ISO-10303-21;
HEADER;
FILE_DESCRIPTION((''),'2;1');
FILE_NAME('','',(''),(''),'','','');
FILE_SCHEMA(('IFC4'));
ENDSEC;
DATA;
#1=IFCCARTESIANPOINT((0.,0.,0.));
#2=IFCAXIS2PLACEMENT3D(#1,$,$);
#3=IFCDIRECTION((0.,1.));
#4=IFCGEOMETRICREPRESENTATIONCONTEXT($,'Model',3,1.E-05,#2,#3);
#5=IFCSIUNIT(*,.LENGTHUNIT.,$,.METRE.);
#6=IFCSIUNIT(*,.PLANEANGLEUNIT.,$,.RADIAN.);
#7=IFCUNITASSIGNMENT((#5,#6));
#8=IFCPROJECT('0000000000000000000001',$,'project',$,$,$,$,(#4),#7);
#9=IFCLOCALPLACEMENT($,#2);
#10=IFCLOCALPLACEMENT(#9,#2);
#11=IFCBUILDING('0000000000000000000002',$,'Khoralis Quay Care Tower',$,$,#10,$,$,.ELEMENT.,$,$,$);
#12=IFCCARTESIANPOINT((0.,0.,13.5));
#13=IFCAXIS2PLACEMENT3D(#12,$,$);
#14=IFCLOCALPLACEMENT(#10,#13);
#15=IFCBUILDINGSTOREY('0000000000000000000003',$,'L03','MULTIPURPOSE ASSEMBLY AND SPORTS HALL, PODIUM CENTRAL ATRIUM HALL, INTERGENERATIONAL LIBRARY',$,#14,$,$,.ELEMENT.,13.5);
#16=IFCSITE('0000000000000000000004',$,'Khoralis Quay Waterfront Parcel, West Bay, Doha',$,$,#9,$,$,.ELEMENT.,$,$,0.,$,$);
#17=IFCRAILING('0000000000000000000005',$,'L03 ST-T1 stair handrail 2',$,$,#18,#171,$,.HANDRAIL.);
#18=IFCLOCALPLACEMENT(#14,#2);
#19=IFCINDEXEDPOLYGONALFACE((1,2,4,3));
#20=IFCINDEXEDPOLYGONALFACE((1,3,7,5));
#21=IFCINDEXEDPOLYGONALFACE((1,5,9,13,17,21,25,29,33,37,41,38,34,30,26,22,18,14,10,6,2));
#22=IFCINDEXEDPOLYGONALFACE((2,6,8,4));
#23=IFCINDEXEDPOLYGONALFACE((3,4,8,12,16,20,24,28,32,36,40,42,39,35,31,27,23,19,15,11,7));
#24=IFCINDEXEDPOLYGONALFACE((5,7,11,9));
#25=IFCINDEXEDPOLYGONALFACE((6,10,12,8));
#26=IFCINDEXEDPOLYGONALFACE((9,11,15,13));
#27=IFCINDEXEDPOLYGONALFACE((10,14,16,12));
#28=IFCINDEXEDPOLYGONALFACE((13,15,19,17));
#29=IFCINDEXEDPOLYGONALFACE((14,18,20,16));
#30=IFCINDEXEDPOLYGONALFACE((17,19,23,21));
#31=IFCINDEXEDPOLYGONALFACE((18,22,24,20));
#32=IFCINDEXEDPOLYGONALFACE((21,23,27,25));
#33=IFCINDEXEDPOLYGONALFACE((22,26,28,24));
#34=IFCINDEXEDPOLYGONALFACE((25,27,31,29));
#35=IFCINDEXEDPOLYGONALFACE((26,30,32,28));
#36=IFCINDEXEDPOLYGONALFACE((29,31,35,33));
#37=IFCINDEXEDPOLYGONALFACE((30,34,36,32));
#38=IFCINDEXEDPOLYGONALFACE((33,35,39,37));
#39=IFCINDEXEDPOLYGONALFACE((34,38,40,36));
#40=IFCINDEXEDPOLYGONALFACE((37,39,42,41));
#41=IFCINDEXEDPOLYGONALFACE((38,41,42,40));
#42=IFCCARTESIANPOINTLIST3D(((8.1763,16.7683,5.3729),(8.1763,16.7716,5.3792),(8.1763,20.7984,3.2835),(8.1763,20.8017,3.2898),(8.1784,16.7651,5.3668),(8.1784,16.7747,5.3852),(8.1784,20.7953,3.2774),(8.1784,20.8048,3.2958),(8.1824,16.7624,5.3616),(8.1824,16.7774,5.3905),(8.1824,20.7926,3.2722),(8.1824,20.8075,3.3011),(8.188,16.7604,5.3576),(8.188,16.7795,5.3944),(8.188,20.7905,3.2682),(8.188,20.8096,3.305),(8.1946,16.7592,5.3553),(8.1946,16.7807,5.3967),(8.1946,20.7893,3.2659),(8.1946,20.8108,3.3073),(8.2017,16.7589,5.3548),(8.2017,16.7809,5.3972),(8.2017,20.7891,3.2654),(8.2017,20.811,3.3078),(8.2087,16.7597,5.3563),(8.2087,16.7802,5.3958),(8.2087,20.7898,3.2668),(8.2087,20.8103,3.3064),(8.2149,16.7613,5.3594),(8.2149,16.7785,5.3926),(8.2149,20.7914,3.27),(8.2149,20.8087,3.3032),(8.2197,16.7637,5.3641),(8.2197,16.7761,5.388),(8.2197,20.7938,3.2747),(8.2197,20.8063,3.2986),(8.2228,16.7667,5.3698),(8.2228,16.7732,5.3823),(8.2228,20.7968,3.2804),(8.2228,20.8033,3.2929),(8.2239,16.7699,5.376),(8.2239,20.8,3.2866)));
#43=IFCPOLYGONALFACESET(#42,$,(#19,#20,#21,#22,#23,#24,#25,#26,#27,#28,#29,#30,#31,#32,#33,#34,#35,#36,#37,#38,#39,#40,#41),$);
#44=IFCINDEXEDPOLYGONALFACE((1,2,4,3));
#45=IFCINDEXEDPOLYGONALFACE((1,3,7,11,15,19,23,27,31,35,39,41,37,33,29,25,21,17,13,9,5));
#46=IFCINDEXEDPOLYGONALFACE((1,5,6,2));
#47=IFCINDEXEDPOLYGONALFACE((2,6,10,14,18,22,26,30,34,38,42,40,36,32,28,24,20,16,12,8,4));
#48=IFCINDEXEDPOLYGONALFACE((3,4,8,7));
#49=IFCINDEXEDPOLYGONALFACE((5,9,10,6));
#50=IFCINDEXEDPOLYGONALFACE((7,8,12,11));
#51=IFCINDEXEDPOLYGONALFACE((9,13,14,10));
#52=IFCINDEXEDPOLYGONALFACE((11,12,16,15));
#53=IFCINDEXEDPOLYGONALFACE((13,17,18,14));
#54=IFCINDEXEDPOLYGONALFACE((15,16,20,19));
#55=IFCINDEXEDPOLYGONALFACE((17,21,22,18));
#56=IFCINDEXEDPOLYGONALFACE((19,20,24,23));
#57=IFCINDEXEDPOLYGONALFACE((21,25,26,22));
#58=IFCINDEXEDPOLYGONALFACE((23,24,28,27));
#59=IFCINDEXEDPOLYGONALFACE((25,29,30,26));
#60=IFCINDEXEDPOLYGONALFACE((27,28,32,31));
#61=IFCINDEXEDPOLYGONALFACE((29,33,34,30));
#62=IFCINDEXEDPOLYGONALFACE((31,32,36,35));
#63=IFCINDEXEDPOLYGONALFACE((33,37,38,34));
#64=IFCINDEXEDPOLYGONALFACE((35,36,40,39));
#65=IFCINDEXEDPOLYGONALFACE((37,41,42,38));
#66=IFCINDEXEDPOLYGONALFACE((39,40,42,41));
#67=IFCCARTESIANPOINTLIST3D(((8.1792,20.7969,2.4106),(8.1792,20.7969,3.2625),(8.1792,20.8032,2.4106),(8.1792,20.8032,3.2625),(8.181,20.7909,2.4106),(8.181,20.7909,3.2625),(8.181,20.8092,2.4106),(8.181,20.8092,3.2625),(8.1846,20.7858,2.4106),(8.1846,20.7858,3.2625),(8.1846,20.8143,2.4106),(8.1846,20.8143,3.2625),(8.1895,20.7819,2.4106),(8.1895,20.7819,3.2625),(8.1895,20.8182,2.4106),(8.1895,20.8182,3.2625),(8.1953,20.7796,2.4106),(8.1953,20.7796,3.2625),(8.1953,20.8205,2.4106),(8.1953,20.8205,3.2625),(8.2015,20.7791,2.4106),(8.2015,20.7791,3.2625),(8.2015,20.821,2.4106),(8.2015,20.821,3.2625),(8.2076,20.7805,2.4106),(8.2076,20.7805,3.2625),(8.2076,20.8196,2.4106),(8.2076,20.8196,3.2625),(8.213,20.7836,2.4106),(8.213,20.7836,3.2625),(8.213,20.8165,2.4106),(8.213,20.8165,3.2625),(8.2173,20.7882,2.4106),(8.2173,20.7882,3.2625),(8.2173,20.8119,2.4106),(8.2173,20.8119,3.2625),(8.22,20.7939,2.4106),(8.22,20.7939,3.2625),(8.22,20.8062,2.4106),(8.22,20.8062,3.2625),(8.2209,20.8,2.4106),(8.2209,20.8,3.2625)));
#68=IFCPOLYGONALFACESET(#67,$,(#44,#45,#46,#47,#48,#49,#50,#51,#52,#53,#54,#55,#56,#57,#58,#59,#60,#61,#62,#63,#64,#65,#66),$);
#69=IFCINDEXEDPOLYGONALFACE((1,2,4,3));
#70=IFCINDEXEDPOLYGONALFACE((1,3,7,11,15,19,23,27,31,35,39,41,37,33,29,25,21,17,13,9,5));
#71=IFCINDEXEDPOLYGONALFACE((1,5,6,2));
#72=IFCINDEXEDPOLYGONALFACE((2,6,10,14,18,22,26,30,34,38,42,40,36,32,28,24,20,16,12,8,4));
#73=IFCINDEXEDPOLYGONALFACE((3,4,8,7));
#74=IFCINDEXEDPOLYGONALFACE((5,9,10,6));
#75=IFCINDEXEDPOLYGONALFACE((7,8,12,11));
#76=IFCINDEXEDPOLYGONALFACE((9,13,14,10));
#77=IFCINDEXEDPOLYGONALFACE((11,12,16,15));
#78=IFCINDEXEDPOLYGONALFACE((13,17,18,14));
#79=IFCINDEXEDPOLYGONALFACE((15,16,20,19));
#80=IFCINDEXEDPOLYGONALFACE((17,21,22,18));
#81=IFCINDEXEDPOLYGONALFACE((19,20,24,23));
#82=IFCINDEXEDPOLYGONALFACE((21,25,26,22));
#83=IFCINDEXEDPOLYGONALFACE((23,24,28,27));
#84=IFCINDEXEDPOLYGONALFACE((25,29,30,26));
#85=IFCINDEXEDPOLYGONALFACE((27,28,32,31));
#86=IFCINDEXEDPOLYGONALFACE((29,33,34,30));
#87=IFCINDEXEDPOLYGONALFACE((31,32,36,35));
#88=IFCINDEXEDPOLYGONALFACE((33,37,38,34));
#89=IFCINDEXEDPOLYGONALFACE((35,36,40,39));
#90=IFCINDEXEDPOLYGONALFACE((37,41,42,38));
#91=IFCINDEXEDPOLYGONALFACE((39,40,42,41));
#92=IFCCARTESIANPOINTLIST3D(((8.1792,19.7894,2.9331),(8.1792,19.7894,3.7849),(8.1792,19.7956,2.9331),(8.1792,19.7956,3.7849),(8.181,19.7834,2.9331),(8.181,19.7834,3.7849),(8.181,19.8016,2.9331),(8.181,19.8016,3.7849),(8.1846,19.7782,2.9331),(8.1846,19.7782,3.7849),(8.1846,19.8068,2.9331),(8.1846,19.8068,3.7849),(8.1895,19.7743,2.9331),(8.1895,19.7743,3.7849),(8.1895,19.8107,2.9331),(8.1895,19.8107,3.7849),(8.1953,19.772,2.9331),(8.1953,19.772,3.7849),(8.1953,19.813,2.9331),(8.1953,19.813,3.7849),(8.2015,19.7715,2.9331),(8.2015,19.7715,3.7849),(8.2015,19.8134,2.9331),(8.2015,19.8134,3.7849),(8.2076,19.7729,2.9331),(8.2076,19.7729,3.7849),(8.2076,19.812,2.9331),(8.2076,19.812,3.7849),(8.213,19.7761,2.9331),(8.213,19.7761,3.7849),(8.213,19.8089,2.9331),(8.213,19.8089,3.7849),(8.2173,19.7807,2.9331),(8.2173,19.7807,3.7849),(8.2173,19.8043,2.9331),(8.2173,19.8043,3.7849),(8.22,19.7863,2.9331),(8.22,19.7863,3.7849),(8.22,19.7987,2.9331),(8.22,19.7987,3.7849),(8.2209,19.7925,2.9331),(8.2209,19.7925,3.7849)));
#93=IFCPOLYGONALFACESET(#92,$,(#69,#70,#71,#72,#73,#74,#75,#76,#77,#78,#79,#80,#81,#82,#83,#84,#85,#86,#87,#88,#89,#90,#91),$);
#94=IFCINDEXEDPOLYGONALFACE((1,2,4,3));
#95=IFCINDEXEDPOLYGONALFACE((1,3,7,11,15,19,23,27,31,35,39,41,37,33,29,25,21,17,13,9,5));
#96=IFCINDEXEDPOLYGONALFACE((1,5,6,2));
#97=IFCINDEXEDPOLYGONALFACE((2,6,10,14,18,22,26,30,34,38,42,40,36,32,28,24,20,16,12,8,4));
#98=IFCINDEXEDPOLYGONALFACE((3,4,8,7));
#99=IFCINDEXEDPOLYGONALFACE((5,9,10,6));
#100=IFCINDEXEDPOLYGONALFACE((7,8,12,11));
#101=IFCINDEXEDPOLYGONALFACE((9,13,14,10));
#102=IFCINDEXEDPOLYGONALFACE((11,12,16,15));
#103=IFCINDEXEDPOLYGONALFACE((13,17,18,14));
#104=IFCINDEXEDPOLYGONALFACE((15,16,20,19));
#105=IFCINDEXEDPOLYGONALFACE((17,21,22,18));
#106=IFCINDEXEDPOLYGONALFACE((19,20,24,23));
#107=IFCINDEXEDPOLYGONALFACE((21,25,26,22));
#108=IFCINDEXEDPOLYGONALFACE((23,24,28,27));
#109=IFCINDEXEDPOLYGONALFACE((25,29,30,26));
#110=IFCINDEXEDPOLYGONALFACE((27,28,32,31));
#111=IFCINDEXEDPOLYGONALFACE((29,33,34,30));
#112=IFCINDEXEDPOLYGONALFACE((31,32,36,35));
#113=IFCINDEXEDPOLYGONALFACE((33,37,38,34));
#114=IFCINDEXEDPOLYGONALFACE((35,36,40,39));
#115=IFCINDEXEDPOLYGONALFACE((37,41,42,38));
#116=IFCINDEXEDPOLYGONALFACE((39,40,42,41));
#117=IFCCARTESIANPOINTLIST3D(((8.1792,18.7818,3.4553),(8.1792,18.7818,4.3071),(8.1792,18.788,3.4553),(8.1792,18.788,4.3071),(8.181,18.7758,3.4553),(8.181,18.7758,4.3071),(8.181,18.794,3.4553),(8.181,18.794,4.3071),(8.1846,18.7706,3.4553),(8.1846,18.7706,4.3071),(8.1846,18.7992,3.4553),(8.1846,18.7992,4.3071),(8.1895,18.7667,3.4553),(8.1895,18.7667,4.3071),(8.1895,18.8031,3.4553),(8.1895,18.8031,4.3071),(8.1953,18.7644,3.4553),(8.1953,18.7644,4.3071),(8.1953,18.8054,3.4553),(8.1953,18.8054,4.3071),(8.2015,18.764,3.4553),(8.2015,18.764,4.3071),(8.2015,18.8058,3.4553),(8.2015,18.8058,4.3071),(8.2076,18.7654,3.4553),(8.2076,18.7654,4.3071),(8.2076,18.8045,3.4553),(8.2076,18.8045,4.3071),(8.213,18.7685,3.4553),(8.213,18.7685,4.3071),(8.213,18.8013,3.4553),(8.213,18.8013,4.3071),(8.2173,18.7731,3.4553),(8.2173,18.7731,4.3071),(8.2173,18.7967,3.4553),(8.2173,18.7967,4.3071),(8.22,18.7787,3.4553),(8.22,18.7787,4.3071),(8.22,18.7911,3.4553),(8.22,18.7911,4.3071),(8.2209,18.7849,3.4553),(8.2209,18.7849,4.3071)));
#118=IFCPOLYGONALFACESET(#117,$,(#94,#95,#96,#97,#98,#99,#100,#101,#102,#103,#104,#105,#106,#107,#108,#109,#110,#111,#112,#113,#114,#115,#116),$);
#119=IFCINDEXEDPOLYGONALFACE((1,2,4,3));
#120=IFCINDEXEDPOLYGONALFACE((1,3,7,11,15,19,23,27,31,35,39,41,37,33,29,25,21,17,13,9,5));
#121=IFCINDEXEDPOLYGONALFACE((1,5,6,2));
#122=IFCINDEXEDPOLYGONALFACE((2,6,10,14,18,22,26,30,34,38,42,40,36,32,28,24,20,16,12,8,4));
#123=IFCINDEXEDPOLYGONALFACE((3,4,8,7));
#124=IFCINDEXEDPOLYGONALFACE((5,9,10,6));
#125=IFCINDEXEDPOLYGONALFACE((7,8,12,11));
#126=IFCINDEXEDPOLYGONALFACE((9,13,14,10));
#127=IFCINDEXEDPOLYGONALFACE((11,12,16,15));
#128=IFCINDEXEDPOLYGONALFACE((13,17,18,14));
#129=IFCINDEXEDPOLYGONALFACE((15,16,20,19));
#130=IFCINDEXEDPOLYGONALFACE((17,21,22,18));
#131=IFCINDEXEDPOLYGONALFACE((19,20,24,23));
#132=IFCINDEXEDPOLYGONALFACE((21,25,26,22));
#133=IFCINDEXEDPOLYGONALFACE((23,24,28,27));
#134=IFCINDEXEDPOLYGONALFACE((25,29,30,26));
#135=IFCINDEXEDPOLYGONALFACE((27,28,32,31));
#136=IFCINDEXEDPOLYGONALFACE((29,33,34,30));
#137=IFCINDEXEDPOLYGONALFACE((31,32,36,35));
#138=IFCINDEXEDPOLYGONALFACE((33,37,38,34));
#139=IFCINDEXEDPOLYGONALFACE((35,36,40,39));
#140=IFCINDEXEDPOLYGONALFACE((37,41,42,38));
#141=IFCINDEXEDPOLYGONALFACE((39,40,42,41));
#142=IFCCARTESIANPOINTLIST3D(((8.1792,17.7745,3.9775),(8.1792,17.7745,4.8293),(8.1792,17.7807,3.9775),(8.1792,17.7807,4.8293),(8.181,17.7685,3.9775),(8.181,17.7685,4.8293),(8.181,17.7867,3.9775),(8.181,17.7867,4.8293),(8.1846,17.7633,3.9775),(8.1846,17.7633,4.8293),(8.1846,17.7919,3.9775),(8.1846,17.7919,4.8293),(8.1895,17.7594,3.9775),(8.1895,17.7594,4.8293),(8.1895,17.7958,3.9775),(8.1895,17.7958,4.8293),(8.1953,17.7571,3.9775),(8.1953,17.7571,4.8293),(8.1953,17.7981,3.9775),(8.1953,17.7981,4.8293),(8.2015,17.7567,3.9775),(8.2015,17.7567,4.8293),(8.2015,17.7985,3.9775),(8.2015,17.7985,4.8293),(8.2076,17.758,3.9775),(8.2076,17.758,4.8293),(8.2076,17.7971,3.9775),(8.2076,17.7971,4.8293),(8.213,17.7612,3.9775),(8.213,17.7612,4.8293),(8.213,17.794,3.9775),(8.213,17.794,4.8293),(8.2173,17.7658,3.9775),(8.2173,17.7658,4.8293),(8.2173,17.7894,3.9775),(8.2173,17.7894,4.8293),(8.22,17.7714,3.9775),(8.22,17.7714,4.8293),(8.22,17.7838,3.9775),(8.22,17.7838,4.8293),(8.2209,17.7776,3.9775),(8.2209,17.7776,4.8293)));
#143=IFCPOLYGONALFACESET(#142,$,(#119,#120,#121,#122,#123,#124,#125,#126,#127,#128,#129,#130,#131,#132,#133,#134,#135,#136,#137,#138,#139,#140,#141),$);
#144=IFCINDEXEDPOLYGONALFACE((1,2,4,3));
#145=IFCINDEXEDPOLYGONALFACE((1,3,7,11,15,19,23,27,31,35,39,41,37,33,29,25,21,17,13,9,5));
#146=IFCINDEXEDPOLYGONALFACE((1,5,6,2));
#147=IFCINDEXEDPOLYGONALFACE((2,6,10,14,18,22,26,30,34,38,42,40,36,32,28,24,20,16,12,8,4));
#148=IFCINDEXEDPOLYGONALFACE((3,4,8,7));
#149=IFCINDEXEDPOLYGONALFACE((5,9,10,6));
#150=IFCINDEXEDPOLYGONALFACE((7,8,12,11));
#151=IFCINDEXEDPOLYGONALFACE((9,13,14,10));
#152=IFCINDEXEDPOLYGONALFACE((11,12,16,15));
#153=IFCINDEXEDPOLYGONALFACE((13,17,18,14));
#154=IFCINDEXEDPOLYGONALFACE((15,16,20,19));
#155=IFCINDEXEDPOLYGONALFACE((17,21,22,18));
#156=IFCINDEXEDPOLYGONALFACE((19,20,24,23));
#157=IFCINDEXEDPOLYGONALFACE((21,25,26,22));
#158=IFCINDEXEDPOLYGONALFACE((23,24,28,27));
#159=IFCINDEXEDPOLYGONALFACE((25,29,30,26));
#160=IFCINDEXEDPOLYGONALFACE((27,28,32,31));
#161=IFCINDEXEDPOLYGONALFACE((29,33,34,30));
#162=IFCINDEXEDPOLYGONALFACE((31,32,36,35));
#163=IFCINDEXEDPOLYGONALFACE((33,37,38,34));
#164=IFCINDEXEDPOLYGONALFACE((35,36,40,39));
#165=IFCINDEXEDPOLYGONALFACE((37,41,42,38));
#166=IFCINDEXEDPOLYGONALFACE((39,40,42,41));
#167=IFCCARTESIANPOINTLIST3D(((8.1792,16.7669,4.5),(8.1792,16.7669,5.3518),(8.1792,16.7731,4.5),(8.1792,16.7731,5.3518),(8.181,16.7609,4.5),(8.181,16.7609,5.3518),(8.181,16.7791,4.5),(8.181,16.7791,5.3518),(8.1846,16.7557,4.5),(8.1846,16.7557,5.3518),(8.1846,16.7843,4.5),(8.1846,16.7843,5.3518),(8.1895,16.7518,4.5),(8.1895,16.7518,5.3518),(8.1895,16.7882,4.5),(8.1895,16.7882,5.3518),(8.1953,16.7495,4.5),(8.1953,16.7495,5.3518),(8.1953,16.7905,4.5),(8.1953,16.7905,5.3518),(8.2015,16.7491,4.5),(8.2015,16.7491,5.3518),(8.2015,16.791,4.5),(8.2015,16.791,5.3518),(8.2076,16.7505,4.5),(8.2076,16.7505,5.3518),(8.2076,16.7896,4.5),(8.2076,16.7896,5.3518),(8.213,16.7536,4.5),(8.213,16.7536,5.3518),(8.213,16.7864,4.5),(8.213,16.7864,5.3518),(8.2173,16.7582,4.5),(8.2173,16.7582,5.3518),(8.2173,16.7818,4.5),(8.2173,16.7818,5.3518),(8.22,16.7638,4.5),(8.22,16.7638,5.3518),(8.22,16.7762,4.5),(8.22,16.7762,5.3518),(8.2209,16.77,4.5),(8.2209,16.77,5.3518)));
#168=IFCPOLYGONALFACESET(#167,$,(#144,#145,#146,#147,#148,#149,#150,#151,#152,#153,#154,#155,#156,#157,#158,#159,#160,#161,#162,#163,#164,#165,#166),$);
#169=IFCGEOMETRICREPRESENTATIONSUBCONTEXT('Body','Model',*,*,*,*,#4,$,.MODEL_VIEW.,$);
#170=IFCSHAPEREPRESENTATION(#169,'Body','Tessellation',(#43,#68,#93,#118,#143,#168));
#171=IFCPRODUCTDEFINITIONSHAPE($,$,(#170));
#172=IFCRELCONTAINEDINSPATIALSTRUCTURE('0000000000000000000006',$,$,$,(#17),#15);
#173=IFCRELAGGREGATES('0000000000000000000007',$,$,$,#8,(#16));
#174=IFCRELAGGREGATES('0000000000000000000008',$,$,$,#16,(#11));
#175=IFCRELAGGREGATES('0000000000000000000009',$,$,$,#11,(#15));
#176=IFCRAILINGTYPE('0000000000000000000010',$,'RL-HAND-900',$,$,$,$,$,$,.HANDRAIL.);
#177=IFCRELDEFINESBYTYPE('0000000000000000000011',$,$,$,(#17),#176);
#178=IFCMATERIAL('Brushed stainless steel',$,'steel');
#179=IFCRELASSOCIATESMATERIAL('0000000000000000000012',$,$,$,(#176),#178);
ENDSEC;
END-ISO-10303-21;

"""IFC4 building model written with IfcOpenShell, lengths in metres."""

from ifc_helpers import new_model, si_unit, direction, frame, origin, origin_2d, place, context, subcontext, project, spatial, circle, extrude, material, type_object, element, save


model = new_model("IFC4")

# Units and contexts
model_context = context("Model", 3, precision=1e-05, world=origin(), true_north=direction((0.0, 1.0)))
body_context = subcontext(model_context, "Body", "Model", "MODEL_VIEW")
ifc_project = project(units=[si_unit("LENGTHUNIT", "METRE"), si_unit("PLANEANGLEUNIT", "RADIAN")], contexts=[model_context])

# Site, building, storey
site_placement = place(None, origin())
site = spatial("IfcSite", under=ifc_project, at=site_placement, Name="Khoralis Quay Waterfront Parcel, West Bay, Doha", CompositionType="ELEMENT", RefElevation=0.0)
building_placement = place(site_placement, origin())
building = spatial("IfcBuilding", under=site, at=building_placement, Name="Khoralis Quay Care Tower", CompositionType="ELEMENT")
storey_placement = place(building_placement, frame((0.0, 0.0, 13.5)))
storey = spatial("IfcBuildingStorey", under=building, at=storey_placement, Name="L03", Description="MULTIPURPOSE ASSEMBLY AND SPORTS HALL, PODIUM CENTRAL ATRIUM HALL, INTERGENERATIONAL LIBRARY", CompositionType="ELEMENT", Elevation=13.5)

# Shared definitions
ifc_material_1 = material(Name="Brushed stainless steel", Category="steel")

# Railing
railing_type_1 = type_object("IfcRailingType", Name="RL-HAND-900", PredefinedType="HANDRAIL", material=ifc_material_1)
railing_1_placement = place(storey_placement, frame((8.2, 20.8, 2.4106)))
element("IfcRailing", 1, at=railing_1_placement, inside=storey, type_object=railing_type_1, Name="L03 ST-T1 stair handrail 2", PredefinedType="HANDRAIL", context=body_context, shape_type="SweptSolid", body=[
    extrude(circle(Radius=0.0239, at=origin_2d()), frame((0.0, 0.0, 0.876), z_axis=(0.0, -0.887781, 0.460267), x_axis=(1.0, 0.0, 0.0)), (0.0, 0.0, 1.0), 4.5396),
    extrude(circle(Radius=0.021, at=origin_2d()), origin(), (0.0, 0.0, 1.0), 0.8518),
    extrude(circle(Radius=0.021, at=origin_2d()), frame((0.0, -1.0076, 0.5225)), (0.0, 0.0, 1.0), 0.8518),
    extrude(circle(Radius=0.021, at=origin_2d()), frame((0.0, -2.0151, 1.0447)), (0.0, 0.0, 1.0), 0.8518),
    extrude(circle(Radius=0.021, at=origin_2d()), frame((0.0, -3.0225, 1.5669)), (0.0, 0.0, 1.0), 0.8518),
    extrude(circle(Radius=0.021, at=origin_2d()), frame((0.0, -4.03, 2.0894)), (0.0, 0.0, 1.0), 0.8518),
])

save(model, "model.ifc")
